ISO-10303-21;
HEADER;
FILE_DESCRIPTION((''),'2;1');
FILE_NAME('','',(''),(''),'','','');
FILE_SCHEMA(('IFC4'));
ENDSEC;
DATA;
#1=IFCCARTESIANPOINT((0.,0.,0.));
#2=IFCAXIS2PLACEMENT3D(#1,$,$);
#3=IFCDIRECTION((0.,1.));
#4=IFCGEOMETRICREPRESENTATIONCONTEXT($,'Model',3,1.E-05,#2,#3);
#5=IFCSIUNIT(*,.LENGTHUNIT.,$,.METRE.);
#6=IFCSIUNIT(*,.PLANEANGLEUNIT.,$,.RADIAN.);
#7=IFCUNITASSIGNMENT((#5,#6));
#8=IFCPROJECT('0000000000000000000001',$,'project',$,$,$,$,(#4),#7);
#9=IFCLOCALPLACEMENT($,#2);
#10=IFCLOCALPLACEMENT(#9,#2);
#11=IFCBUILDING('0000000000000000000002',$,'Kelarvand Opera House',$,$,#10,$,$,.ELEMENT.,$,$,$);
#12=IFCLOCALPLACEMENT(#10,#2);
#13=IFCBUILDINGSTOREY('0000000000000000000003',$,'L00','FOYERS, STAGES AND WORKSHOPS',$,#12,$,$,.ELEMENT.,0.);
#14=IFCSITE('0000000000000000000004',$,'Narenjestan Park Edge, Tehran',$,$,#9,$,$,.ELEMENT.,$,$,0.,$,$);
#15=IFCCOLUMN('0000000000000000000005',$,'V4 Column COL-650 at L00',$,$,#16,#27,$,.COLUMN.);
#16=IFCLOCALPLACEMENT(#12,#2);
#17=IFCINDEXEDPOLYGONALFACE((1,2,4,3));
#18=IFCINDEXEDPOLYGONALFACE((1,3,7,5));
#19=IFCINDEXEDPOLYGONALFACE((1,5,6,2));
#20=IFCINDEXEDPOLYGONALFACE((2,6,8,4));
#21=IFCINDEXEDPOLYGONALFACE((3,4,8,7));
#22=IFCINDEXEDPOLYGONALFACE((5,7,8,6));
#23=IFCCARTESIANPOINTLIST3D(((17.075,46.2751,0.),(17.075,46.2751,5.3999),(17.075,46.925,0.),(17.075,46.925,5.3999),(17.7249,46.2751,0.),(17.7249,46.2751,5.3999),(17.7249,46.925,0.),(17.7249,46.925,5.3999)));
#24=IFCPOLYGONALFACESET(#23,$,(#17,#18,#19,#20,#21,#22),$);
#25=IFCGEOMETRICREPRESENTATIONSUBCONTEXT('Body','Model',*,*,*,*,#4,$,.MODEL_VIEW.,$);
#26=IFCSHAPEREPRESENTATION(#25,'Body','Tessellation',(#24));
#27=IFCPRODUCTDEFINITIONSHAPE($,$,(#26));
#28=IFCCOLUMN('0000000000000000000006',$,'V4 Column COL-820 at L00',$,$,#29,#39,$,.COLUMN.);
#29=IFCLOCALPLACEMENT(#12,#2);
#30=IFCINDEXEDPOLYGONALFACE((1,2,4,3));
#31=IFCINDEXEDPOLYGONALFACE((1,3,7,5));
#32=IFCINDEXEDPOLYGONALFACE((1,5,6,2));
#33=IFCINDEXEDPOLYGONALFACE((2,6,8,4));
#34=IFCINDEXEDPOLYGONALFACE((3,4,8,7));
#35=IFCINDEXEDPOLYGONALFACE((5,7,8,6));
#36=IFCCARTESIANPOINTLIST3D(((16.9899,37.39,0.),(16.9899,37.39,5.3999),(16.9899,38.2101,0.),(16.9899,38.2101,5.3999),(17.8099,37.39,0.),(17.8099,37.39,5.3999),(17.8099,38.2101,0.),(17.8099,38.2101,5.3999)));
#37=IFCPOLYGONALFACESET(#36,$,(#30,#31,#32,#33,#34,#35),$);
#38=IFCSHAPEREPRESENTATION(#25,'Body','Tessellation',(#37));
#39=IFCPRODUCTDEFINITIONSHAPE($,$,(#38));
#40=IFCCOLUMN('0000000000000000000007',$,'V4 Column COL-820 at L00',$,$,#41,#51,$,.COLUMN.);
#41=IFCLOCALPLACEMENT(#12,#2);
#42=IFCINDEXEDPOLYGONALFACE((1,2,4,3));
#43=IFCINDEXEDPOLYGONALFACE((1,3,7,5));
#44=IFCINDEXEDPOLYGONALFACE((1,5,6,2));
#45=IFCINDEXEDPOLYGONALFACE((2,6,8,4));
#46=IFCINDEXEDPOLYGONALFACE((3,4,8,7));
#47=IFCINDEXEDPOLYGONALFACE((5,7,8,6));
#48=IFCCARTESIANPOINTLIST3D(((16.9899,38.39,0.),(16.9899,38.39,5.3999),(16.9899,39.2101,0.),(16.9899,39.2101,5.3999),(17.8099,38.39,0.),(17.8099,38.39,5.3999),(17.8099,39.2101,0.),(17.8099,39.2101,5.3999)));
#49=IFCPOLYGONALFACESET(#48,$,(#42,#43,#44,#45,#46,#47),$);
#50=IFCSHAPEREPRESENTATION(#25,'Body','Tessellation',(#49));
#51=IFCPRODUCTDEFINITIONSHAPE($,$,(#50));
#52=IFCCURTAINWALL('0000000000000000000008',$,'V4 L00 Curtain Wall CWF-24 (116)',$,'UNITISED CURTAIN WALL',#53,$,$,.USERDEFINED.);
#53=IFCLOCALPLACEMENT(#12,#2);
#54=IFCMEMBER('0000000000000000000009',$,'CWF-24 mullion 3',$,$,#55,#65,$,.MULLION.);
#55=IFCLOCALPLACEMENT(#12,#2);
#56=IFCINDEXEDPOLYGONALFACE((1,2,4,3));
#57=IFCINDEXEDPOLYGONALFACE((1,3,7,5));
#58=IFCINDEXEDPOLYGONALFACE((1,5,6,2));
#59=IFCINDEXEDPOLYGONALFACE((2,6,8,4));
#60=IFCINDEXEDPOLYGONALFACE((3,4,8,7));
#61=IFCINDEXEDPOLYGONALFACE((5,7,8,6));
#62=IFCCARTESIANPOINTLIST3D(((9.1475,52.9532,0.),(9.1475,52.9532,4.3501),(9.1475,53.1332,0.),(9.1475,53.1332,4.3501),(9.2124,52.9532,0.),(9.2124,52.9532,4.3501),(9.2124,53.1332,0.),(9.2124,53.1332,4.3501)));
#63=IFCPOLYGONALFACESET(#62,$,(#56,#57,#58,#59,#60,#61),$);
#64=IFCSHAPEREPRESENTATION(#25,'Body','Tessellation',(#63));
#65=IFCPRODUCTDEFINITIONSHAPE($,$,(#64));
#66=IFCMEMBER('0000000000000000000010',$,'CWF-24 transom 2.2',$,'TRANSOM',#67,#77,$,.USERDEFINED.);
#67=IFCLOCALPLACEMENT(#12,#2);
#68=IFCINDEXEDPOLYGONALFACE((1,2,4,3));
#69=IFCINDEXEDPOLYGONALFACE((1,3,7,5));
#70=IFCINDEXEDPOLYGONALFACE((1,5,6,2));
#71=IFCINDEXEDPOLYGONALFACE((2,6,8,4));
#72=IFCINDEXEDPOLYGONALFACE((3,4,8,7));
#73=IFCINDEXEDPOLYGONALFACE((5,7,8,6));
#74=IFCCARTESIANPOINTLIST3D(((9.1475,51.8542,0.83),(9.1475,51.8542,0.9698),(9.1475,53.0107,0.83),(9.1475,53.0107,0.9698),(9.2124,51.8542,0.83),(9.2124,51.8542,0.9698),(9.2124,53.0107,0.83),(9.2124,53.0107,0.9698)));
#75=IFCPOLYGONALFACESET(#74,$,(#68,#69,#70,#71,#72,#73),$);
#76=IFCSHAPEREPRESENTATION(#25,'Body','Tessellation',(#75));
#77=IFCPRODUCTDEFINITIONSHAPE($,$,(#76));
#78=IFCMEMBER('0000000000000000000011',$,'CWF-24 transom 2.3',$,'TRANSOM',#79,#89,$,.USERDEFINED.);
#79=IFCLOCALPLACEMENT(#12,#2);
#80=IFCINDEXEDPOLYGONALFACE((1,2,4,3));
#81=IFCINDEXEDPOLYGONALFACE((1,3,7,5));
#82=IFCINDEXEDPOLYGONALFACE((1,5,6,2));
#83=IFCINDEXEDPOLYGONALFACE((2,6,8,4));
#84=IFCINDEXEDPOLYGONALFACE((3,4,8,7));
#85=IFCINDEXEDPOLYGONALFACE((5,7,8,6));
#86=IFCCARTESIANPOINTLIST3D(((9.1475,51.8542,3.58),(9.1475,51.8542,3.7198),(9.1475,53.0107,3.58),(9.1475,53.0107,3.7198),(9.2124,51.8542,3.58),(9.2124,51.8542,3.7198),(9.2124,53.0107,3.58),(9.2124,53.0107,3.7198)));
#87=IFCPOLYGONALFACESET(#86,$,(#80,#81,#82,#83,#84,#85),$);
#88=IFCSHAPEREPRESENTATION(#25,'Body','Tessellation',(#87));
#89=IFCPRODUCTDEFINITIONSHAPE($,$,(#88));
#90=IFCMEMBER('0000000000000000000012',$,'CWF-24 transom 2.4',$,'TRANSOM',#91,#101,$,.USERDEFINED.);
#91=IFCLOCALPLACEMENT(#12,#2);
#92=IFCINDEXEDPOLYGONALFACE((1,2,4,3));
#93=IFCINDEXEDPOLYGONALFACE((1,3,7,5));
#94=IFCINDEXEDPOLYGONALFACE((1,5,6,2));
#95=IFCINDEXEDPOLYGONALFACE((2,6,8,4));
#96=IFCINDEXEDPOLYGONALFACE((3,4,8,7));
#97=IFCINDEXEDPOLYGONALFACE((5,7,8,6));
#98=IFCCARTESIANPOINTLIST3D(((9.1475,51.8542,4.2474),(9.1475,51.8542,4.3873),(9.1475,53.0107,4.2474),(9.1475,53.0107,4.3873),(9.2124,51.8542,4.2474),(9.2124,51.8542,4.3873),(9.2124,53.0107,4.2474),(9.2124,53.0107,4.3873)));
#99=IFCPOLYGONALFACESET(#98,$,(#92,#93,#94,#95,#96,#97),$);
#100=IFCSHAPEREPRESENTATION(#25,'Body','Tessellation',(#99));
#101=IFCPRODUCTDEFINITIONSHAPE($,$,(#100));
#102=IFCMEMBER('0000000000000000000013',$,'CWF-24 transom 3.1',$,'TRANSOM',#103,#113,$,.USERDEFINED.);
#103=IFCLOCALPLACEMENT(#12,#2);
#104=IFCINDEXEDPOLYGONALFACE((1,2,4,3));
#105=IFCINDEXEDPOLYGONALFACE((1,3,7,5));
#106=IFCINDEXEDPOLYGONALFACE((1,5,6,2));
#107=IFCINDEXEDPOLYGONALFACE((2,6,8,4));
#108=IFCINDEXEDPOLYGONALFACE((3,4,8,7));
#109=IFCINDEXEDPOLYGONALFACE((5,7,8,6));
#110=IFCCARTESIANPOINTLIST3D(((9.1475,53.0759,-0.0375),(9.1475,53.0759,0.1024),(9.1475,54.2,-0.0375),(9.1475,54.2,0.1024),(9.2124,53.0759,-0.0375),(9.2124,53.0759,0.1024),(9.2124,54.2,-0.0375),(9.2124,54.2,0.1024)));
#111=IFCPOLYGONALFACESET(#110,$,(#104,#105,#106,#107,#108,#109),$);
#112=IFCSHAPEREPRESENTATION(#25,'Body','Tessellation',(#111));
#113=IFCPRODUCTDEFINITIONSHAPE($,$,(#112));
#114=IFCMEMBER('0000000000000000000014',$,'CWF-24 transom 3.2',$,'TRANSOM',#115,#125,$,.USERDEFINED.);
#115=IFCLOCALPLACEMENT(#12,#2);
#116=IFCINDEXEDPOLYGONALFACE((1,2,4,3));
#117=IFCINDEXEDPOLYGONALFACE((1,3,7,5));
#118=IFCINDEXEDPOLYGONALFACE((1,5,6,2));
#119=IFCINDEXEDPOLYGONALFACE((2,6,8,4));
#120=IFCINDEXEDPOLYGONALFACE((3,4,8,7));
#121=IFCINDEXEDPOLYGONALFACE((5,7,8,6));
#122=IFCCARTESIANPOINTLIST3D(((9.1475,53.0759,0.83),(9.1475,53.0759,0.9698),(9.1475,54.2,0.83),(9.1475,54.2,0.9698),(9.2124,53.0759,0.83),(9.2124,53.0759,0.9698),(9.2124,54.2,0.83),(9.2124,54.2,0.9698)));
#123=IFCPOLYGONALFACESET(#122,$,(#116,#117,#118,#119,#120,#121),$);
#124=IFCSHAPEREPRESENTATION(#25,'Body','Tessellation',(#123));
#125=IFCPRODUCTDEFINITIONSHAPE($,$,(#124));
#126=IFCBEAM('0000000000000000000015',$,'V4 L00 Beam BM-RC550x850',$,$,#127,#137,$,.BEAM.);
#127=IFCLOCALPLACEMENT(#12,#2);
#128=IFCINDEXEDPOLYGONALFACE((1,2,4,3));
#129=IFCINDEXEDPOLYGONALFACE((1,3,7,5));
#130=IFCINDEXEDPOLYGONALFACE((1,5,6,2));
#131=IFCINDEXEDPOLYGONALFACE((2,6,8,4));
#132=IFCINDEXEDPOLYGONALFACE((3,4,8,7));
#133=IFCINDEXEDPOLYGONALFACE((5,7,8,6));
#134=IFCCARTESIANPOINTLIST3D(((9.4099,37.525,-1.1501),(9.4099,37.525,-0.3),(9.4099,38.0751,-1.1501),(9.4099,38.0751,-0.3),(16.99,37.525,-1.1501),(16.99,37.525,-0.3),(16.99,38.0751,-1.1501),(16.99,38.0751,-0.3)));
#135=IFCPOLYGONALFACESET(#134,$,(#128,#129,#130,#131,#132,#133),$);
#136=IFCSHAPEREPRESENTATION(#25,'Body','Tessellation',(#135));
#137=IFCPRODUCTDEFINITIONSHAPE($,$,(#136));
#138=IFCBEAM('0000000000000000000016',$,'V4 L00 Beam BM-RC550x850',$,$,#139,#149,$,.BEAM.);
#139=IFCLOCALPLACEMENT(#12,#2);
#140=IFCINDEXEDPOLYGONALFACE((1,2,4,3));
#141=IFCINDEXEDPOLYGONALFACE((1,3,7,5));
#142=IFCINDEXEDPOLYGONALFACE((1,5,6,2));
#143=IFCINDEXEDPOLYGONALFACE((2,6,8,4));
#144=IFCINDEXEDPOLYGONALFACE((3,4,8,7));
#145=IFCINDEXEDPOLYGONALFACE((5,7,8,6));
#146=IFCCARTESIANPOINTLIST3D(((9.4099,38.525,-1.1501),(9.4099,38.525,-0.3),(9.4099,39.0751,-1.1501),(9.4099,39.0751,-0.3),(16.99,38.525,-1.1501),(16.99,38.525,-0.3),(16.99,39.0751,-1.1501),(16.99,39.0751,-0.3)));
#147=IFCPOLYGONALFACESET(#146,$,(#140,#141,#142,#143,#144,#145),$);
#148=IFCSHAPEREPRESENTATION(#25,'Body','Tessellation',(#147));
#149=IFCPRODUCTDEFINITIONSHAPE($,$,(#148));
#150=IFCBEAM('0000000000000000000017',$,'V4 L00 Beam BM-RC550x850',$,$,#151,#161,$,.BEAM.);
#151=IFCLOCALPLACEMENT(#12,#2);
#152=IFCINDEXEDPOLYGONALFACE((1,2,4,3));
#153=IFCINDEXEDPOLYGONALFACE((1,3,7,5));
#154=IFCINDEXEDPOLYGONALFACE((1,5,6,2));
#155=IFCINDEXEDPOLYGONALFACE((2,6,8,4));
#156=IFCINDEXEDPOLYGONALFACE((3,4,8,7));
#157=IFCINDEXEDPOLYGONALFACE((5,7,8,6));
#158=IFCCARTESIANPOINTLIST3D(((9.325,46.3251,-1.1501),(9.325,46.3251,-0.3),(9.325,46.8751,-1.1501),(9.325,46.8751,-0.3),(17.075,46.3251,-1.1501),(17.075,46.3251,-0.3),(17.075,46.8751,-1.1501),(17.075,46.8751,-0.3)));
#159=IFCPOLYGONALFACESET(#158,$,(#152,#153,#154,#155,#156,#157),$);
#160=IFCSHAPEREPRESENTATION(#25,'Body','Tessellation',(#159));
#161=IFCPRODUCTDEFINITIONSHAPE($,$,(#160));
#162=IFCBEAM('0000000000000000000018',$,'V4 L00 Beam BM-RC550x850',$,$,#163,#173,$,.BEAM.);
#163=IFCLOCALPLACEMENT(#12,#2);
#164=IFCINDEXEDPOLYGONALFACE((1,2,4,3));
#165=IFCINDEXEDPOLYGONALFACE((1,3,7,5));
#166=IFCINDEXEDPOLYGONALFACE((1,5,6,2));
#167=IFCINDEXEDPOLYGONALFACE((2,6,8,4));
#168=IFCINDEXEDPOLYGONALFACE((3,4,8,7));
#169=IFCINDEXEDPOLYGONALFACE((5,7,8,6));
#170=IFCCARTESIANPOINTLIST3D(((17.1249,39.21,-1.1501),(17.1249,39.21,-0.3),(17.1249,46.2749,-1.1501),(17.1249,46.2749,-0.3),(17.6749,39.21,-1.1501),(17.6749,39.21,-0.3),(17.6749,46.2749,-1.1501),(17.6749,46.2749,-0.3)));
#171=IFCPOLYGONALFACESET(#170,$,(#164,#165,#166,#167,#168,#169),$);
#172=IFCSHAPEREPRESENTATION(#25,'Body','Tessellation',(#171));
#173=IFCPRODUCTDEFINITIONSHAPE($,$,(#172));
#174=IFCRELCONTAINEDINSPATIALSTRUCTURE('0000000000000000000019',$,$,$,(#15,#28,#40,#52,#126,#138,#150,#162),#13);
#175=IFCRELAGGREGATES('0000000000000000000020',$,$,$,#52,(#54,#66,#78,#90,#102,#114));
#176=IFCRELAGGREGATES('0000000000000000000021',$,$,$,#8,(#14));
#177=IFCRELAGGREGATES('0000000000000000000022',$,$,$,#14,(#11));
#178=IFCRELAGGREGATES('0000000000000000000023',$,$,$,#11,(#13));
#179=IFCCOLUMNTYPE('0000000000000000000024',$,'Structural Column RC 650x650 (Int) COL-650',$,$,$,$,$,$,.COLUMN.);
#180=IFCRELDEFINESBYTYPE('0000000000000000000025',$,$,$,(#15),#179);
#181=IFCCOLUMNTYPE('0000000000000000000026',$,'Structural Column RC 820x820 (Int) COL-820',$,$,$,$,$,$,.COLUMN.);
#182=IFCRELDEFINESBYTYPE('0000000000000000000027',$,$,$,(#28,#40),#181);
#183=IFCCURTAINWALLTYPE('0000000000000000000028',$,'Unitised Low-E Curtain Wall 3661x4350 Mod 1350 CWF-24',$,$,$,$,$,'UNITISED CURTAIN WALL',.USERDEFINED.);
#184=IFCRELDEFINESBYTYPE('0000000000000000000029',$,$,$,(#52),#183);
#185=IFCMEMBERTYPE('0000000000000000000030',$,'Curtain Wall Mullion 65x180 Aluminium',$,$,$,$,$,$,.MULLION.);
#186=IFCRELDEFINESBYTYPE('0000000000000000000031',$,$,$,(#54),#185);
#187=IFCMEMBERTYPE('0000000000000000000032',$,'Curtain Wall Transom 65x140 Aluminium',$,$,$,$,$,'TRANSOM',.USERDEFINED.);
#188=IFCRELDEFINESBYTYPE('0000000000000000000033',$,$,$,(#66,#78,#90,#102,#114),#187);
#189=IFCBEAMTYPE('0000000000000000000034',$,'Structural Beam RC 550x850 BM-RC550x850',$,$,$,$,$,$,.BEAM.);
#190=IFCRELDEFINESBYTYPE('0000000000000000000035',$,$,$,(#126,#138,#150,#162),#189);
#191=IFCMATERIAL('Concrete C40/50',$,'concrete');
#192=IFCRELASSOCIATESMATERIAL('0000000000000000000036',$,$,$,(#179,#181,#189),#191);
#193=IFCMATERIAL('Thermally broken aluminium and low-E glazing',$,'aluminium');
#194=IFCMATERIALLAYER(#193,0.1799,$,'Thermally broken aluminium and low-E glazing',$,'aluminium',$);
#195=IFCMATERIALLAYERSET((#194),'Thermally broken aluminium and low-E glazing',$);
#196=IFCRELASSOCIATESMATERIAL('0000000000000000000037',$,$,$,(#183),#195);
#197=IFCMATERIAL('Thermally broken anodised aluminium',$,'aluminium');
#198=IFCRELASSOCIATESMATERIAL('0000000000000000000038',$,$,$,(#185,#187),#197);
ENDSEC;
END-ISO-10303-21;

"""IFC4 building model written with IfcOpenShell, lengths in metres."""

from ifc_helpers import new_model, si_unit, direction, frame, origin, origin_2d, place, context, subcontext, project, spatial, rectangle, extrude, material, layer, layer_set, material_profile, profile_set, type_object, element, aggregate, save


model = new_model("IFC4")

# Units and contexts
model_context = context("Model", 3, precision=1e-05, world=origin(), true_north=direction((0.0, 1.0)))
body_context = subcontext(model_context, "Body", "Model", "MODEL_VIEW")
ifc_project = project(units=[si_unit("LENGTHUNIT", "METRE"), si_unit("PLANEANGLEUNIT", "RADIAN")], contexts=[model_context])

# Site, building, storey
site_placement = place(None, origin())
site = spatial("IfcSite", under=ifc_project, at=site_placement, Name="Narenjestan Park Edge, Tehran", CompositionType="ELEMENT", RefElevation=0.0)
building_placement = place(site_placement, origin())
building = spatial("IfcBuilding", under=site, at=building_placement, Name="Kelarvand Opera House", CompositionType="ELEMENT")
storey_placement = place(building_placement, origin())
storey = spatial("IfcBuildingStorey", under=building, at=storey_placement, Name="L00", Description="FOYERS, STAGES AND WORKSHOPS", CompositionType="ELEMENT", Elevation=0.0)

# Columns
ifc_material_1 = material(Name="Concrete C40/50", Category="concrete")
ifc_material_profile_1 = material_profile(ifc_material_1, rectangle(XDim=0.6499, YDim=0.6499, at=origin_2d()), Name="RC 650x650", Category="concrete")
ifc_profile_set_1 = profile_set([ifc_material_profile_1], Name="Concrete C40/50")
column_type_1 = type_object("IfcColumnType", Name="Structural Column RC 650x650 (Int) COL-650", PredefinedType="COLUMN", material=ifc_profile_set_1)
column_placement = place(storey_placement, frame((17.3999, 46.6001, 0.0), z_axis=(0.0, 0.0, 1.0), x_axis=(1.0, 0.0, 0.0)))
element("IfcColumn", 1, at=column_placement, inside=storey, type_object=column_type_1, Name="V4 Column COL-650 at L00", PredefinedType="COLUMN", context=body_context, shape_type="SweptSolid", body=[
    extrude(rectangle(XDim=0.6499, YDim=0.6499, at=origin_2d()), origin(), (0.0, 0.0, 1.0), 5.3999),
])
ifc_material_profile_2 = material_profile(ifc_material_1, rectangle(XDim=0.8201, YDim=0.8201, at=origin_2d()), Name="RC 820x820", Category="concrete")
ifc_profile_set_2 = profile_set([ifc_material_profile_2], Name="Concrete C40/50")
column_type_2 = type_object("IfcColumnType", Name="Structural Column RC 820x820 (Int) COL-820", PredefinedType="COLUMN", material=ifc_profile_set_2)
for number, where, z_axis, x_axis, name in (
    (2, (17.3999, 37.8, 0.0), (0.0, 0.0, 1.0), (1.0, 0.0, 0.0), "V4 Column COL-820 at L00"),
    (3, (17.3999, 38.8, 0.0), (0.0, 0.0, 1.0), (1.0, 0.0, 0.0), "V4 Column COL-820 at L00"),
):
    element("IfcColumn", number, at=place(storey_placement, frame(where, z_axis=z_axis, x_axis=x_axis)), inside=storey, type_object=column_type_2, Name=name, PredefinedType="COLUMN", context=body_context, shape_type="SweptSolid", body=[
        extrude(rectangle(XDim=0.8201, YDim=0.8201, at=origin_2d()), origin(), (0.0, 0.0, 1.0), 5.3999),
    ])

# Curtain wall, members
ifc_material_2 = material(Name="Thermally broken aluminium and low-E glazing", Category="aluminium")
ifc_layer_1 = layer(ifc_material_2, 0.1799, Name="Thermally broken aluminium and low-E glazing", Category="aluminium")
ifc_layer_set_1 = layer_set([ifc_layer_1], Name="Thermally broken aluminium and low-E glazing")
curtain_wall_type = type_object("IfcCurtainWallType", Name="Unitised Low-E Curtain Wall 3661x4350 Mod 1350 CWF-24", ElementType="UNITISED CURTAIN WALL", PredefinedType="USERDEFINED", material=ifc_layer_set_1)
curtain_wall_placement = place(storey_placement, origin())
curtain_wall = element("IfcCurtainWall", 4, at=curtain_wall_placement, inside=storey, type_object=curtain_wall_type, Name="V4 L00 Curtain Wall CWF-24 (116)", ObjectType="UNITISED CURTAIN WALL", PredefinedType="USERDEFINED")
ifc_material_3 = material(Name="Thermally broken anodised aluminium", Category="aluminium")
ifc_material_profile_3 = material_profile(ifc_material_3, rectangle(XDim=0.0649, YDim=0.1799, at=origin_2d()), Name="ALU MULLION 65x180", Category="aluminium")
ifc_profile_set_3 = profile_set([ifc_material_profile_3], Name="Thermally broken anodised aluminium")
member_type_1 = type_object("IfcMemberType", Name="Curtain Wall Mullion 65x180 Aluminium", PredefinedType="MULLION", material=ifc_profile_set_3)
member_1_placement = place(storey_placement, frame((9.1799, 53.0432, 0.0), z_axis=(0.0, 0.0, 1.0), x_axis=(-1.0, 0.0, 0.0)))
member_1 = element("IfcMember", 5, at=member_1_placement, type_object=member_type_1, Name="CWF-24 mullion 3", PredefinedType="MULLION", context=body_context, shape_type="SweptSolid", body=[
    extrude(rectangle(XDim=0.0649, YDim=0.1799, at=origin_2d()), origin(), (0.0, 0.0, 1.0), 4.3501),
])
ifc_material_profile_4 = material_profile(ifc_material_3, rectangle(XDim=0.0649, YDim=0.1399, at=origin_2d()), Name="ALU TRANSOM 65x140", Category="aluminium")
ifc_profile_set_4 = profile_set([ifc_material_profile_4], Name="Thermally broken anodised aluminium")
member_type_2 = type_object("IfcMemberType", Name="Curtain Wall Transom 65x140 Aluminium", ElementType="TRANSOM", PredefinedType="USERDEFINED", material=ifc_profile_set_4)
member_2_placement = place(storey_placement, frame((9.1799, 51.8542, 0.8999), z_axis=(0.0, 1.0, 0.0), x_axis=(-1.0, 0.0, 0.0)))
member_2 = element("IfcMember", 6, at=member_2_placement, type_object=member_type_2, Name="CWF-24 transom 2.2", ObjectType="TRANSOM", PredefinedType="USERDEFINED", context=body_context, shape_type="SweptSolid", body=[
    extrude(rectangle(XDim=0.0649, YDim=0.1399, at=origin_2d()), origin(), (0.0, 0.0, 1.0), 1.1565),
])
member_3_placement = place(storey_placement, frame((9.1799, 51.8542, 3.6499), z_axis=(0.0, 1.0, 0.0), x_axis=(-1.0, 0.0, 0.0)))
member_3 = element("IfcMember", 7, at=member_3_placement, type_object=member_type_2, Name="CWF-24 transom 2.3", ObjectType="TRANSOM", PredefinedType="USERDEFINED", context=body_context, shape_type="SweptSolid", body=[
    extrude(rectangle(XDim=0.0649, YDim=0.1399, at=origin_2d()), origin(), (0.0, 0.0, 1.0), 1.1565),
])
member_4_placement = place(storey_placement, frame((9.1799, 51.8542, 4.3174), z_axis=(0.0, 1.0, 0.0), x_axis=(-1.0, 0.0, 0.0)))
member_4 = element("IfcMember", 8, at=member_4_placement, type_object=member_type_2, Name="CWF-24 transom 2.4", ObjectType="TRANSOM", PredefinedType="USERDEFINED", context=body_context, shape_type="SweptSolid", body=[
    extrude(rectangle(XDim=0.0649, YDim=0.1399, at=origin_2d()), origin(), (0.0, 0.0, 1.0), 1.1565),
])
member_5_placement = place(storey_placement, frame((9.1799, 53.0759, 0.0325), z_axis=(0.0, 1.0, 0.0), x_axis=(-1.0, 0.0, 0.0)))
member_5 = element("IfcMember", 9, at=member_5_placement, type_object=member_type_2, Name="CWF-24 transom 3.1", ObjectType="TRANSOM", PredefinedType="USERDEFINED", context=body_context, shape_type="SweptSolid", body=[
    extrude(rectangle(XDim=0.0649, YDim=0.1399, at=origin_2d()), origin(), (0.0, 0.0, 1.0), 1.124),
])
member_6_placement = place(storey_placement, frame((9.1799, 53.0759, 0.8999), z_axis=(0.0, 1.0, 0.0), x_axis=(-1.0, 0.0, 0.0)))
member_6 = element("IfcMember", 10, at=member_6_placement, type_object=member_type_2, Name="CWF-24 transom 3.2", ObjectType="TRANSOM", PredefinedType="USERDEFINED", context=body_context, shape_type="SweptSolid", body=[
    extrude(rectangle(XDim=0.0649, YDim=0.1399, at=origin_2d()), origin(), (0.0, 0.0, 1.0), 1.124),
])

# Beams
ifc_material_profile_5 = material_profile(ifc_material_1, rectangle(XDim=0.55, YDim=0.8501, at=origin_2d()), Name="RC 550x850", Category="concrete")
ifc_profile_set_5 = profile_set([ifc_material_profile_5], Name="Concrete C40/50")
beam_type_1 = type_object("IfcBeamType", Name="Structural Beam RC 550x850 BM-RC550x850", PredefinedType="BEAM", material=ifc_profile_set_5)
for number, where, z_axis, x_axis, name in (
    (11, (9.4099, 37.8, -0.7251), (1.0, 0.0, 0.0), (0.0, 1.0, 0.0), "V4 L00 Beam BM-RC550x850"),
    (12, (9.4099, 38.8, -0.7251), (1.0, 0.0, 0.0), (0.0, 1.0, 0.0), "V4 L00 Beam BM-RC550x850"),
):
    element("IfcBeam", number, at=place(storey_placement, frame(where, z_axis=z_axis, x_axis=x_axis)), inside=storey, type_object=beam_type_1, Name=name, PredefinedType="BEAM", context=body_context, shape_type="SweptSolid", body=[
        extrude(rectangle(XDim=0.55, YDim=0.8501, at=origin_2d()), origin(), (0.0, 0.0, 1.0), 7.5801),
    ])
beam_1_placement = place(storey_placement, frame((9.325, 46.6001, -0.7251), z_axis=(1.0, 0.0, 0.0), x_axis=(0.0, 1.0, 0.0)))
element("IfcBeam", 13, at=beam_1_placement, inside=storey, type_object=beam_type_1, Name="V4 L00 Beam BM-RC550x850", PredefinedType="BEAM", context=body_context, shape_type="SweptSolid", body=[
    extrude(rectangle(XDim=0.55, YDim=0.8501, at=origin_2d()), origin(), (0.0, 0.0, 1.0), 7.75),
])
beam_2_placement = place(storey_placement, frame((17.3999, 39.21, -0.7251), z_axis=(0.0, 1.0, 0.0), x_axis=(-1.0, 0.0, 0.0)))
element("IfcBeam", 14, at=beam_2_placement, inside=storey, type_object=beam_type_1, Name="V4 L00 Beam BM-RC550x850", PredefinedType="BEAM", context=body_context, shape_type="SweptSolid", body=[
    extrude(rectangle(XDim=0.55, YDim=0.8501, at=origin_2d()), origin(), (0.0, 0.0, 1.0), 7.0649),
])

aggregate(curtain_wall, [member_1, member_2, member_3, member_4, member_5, member_6])

save(model, "model.ifc")
